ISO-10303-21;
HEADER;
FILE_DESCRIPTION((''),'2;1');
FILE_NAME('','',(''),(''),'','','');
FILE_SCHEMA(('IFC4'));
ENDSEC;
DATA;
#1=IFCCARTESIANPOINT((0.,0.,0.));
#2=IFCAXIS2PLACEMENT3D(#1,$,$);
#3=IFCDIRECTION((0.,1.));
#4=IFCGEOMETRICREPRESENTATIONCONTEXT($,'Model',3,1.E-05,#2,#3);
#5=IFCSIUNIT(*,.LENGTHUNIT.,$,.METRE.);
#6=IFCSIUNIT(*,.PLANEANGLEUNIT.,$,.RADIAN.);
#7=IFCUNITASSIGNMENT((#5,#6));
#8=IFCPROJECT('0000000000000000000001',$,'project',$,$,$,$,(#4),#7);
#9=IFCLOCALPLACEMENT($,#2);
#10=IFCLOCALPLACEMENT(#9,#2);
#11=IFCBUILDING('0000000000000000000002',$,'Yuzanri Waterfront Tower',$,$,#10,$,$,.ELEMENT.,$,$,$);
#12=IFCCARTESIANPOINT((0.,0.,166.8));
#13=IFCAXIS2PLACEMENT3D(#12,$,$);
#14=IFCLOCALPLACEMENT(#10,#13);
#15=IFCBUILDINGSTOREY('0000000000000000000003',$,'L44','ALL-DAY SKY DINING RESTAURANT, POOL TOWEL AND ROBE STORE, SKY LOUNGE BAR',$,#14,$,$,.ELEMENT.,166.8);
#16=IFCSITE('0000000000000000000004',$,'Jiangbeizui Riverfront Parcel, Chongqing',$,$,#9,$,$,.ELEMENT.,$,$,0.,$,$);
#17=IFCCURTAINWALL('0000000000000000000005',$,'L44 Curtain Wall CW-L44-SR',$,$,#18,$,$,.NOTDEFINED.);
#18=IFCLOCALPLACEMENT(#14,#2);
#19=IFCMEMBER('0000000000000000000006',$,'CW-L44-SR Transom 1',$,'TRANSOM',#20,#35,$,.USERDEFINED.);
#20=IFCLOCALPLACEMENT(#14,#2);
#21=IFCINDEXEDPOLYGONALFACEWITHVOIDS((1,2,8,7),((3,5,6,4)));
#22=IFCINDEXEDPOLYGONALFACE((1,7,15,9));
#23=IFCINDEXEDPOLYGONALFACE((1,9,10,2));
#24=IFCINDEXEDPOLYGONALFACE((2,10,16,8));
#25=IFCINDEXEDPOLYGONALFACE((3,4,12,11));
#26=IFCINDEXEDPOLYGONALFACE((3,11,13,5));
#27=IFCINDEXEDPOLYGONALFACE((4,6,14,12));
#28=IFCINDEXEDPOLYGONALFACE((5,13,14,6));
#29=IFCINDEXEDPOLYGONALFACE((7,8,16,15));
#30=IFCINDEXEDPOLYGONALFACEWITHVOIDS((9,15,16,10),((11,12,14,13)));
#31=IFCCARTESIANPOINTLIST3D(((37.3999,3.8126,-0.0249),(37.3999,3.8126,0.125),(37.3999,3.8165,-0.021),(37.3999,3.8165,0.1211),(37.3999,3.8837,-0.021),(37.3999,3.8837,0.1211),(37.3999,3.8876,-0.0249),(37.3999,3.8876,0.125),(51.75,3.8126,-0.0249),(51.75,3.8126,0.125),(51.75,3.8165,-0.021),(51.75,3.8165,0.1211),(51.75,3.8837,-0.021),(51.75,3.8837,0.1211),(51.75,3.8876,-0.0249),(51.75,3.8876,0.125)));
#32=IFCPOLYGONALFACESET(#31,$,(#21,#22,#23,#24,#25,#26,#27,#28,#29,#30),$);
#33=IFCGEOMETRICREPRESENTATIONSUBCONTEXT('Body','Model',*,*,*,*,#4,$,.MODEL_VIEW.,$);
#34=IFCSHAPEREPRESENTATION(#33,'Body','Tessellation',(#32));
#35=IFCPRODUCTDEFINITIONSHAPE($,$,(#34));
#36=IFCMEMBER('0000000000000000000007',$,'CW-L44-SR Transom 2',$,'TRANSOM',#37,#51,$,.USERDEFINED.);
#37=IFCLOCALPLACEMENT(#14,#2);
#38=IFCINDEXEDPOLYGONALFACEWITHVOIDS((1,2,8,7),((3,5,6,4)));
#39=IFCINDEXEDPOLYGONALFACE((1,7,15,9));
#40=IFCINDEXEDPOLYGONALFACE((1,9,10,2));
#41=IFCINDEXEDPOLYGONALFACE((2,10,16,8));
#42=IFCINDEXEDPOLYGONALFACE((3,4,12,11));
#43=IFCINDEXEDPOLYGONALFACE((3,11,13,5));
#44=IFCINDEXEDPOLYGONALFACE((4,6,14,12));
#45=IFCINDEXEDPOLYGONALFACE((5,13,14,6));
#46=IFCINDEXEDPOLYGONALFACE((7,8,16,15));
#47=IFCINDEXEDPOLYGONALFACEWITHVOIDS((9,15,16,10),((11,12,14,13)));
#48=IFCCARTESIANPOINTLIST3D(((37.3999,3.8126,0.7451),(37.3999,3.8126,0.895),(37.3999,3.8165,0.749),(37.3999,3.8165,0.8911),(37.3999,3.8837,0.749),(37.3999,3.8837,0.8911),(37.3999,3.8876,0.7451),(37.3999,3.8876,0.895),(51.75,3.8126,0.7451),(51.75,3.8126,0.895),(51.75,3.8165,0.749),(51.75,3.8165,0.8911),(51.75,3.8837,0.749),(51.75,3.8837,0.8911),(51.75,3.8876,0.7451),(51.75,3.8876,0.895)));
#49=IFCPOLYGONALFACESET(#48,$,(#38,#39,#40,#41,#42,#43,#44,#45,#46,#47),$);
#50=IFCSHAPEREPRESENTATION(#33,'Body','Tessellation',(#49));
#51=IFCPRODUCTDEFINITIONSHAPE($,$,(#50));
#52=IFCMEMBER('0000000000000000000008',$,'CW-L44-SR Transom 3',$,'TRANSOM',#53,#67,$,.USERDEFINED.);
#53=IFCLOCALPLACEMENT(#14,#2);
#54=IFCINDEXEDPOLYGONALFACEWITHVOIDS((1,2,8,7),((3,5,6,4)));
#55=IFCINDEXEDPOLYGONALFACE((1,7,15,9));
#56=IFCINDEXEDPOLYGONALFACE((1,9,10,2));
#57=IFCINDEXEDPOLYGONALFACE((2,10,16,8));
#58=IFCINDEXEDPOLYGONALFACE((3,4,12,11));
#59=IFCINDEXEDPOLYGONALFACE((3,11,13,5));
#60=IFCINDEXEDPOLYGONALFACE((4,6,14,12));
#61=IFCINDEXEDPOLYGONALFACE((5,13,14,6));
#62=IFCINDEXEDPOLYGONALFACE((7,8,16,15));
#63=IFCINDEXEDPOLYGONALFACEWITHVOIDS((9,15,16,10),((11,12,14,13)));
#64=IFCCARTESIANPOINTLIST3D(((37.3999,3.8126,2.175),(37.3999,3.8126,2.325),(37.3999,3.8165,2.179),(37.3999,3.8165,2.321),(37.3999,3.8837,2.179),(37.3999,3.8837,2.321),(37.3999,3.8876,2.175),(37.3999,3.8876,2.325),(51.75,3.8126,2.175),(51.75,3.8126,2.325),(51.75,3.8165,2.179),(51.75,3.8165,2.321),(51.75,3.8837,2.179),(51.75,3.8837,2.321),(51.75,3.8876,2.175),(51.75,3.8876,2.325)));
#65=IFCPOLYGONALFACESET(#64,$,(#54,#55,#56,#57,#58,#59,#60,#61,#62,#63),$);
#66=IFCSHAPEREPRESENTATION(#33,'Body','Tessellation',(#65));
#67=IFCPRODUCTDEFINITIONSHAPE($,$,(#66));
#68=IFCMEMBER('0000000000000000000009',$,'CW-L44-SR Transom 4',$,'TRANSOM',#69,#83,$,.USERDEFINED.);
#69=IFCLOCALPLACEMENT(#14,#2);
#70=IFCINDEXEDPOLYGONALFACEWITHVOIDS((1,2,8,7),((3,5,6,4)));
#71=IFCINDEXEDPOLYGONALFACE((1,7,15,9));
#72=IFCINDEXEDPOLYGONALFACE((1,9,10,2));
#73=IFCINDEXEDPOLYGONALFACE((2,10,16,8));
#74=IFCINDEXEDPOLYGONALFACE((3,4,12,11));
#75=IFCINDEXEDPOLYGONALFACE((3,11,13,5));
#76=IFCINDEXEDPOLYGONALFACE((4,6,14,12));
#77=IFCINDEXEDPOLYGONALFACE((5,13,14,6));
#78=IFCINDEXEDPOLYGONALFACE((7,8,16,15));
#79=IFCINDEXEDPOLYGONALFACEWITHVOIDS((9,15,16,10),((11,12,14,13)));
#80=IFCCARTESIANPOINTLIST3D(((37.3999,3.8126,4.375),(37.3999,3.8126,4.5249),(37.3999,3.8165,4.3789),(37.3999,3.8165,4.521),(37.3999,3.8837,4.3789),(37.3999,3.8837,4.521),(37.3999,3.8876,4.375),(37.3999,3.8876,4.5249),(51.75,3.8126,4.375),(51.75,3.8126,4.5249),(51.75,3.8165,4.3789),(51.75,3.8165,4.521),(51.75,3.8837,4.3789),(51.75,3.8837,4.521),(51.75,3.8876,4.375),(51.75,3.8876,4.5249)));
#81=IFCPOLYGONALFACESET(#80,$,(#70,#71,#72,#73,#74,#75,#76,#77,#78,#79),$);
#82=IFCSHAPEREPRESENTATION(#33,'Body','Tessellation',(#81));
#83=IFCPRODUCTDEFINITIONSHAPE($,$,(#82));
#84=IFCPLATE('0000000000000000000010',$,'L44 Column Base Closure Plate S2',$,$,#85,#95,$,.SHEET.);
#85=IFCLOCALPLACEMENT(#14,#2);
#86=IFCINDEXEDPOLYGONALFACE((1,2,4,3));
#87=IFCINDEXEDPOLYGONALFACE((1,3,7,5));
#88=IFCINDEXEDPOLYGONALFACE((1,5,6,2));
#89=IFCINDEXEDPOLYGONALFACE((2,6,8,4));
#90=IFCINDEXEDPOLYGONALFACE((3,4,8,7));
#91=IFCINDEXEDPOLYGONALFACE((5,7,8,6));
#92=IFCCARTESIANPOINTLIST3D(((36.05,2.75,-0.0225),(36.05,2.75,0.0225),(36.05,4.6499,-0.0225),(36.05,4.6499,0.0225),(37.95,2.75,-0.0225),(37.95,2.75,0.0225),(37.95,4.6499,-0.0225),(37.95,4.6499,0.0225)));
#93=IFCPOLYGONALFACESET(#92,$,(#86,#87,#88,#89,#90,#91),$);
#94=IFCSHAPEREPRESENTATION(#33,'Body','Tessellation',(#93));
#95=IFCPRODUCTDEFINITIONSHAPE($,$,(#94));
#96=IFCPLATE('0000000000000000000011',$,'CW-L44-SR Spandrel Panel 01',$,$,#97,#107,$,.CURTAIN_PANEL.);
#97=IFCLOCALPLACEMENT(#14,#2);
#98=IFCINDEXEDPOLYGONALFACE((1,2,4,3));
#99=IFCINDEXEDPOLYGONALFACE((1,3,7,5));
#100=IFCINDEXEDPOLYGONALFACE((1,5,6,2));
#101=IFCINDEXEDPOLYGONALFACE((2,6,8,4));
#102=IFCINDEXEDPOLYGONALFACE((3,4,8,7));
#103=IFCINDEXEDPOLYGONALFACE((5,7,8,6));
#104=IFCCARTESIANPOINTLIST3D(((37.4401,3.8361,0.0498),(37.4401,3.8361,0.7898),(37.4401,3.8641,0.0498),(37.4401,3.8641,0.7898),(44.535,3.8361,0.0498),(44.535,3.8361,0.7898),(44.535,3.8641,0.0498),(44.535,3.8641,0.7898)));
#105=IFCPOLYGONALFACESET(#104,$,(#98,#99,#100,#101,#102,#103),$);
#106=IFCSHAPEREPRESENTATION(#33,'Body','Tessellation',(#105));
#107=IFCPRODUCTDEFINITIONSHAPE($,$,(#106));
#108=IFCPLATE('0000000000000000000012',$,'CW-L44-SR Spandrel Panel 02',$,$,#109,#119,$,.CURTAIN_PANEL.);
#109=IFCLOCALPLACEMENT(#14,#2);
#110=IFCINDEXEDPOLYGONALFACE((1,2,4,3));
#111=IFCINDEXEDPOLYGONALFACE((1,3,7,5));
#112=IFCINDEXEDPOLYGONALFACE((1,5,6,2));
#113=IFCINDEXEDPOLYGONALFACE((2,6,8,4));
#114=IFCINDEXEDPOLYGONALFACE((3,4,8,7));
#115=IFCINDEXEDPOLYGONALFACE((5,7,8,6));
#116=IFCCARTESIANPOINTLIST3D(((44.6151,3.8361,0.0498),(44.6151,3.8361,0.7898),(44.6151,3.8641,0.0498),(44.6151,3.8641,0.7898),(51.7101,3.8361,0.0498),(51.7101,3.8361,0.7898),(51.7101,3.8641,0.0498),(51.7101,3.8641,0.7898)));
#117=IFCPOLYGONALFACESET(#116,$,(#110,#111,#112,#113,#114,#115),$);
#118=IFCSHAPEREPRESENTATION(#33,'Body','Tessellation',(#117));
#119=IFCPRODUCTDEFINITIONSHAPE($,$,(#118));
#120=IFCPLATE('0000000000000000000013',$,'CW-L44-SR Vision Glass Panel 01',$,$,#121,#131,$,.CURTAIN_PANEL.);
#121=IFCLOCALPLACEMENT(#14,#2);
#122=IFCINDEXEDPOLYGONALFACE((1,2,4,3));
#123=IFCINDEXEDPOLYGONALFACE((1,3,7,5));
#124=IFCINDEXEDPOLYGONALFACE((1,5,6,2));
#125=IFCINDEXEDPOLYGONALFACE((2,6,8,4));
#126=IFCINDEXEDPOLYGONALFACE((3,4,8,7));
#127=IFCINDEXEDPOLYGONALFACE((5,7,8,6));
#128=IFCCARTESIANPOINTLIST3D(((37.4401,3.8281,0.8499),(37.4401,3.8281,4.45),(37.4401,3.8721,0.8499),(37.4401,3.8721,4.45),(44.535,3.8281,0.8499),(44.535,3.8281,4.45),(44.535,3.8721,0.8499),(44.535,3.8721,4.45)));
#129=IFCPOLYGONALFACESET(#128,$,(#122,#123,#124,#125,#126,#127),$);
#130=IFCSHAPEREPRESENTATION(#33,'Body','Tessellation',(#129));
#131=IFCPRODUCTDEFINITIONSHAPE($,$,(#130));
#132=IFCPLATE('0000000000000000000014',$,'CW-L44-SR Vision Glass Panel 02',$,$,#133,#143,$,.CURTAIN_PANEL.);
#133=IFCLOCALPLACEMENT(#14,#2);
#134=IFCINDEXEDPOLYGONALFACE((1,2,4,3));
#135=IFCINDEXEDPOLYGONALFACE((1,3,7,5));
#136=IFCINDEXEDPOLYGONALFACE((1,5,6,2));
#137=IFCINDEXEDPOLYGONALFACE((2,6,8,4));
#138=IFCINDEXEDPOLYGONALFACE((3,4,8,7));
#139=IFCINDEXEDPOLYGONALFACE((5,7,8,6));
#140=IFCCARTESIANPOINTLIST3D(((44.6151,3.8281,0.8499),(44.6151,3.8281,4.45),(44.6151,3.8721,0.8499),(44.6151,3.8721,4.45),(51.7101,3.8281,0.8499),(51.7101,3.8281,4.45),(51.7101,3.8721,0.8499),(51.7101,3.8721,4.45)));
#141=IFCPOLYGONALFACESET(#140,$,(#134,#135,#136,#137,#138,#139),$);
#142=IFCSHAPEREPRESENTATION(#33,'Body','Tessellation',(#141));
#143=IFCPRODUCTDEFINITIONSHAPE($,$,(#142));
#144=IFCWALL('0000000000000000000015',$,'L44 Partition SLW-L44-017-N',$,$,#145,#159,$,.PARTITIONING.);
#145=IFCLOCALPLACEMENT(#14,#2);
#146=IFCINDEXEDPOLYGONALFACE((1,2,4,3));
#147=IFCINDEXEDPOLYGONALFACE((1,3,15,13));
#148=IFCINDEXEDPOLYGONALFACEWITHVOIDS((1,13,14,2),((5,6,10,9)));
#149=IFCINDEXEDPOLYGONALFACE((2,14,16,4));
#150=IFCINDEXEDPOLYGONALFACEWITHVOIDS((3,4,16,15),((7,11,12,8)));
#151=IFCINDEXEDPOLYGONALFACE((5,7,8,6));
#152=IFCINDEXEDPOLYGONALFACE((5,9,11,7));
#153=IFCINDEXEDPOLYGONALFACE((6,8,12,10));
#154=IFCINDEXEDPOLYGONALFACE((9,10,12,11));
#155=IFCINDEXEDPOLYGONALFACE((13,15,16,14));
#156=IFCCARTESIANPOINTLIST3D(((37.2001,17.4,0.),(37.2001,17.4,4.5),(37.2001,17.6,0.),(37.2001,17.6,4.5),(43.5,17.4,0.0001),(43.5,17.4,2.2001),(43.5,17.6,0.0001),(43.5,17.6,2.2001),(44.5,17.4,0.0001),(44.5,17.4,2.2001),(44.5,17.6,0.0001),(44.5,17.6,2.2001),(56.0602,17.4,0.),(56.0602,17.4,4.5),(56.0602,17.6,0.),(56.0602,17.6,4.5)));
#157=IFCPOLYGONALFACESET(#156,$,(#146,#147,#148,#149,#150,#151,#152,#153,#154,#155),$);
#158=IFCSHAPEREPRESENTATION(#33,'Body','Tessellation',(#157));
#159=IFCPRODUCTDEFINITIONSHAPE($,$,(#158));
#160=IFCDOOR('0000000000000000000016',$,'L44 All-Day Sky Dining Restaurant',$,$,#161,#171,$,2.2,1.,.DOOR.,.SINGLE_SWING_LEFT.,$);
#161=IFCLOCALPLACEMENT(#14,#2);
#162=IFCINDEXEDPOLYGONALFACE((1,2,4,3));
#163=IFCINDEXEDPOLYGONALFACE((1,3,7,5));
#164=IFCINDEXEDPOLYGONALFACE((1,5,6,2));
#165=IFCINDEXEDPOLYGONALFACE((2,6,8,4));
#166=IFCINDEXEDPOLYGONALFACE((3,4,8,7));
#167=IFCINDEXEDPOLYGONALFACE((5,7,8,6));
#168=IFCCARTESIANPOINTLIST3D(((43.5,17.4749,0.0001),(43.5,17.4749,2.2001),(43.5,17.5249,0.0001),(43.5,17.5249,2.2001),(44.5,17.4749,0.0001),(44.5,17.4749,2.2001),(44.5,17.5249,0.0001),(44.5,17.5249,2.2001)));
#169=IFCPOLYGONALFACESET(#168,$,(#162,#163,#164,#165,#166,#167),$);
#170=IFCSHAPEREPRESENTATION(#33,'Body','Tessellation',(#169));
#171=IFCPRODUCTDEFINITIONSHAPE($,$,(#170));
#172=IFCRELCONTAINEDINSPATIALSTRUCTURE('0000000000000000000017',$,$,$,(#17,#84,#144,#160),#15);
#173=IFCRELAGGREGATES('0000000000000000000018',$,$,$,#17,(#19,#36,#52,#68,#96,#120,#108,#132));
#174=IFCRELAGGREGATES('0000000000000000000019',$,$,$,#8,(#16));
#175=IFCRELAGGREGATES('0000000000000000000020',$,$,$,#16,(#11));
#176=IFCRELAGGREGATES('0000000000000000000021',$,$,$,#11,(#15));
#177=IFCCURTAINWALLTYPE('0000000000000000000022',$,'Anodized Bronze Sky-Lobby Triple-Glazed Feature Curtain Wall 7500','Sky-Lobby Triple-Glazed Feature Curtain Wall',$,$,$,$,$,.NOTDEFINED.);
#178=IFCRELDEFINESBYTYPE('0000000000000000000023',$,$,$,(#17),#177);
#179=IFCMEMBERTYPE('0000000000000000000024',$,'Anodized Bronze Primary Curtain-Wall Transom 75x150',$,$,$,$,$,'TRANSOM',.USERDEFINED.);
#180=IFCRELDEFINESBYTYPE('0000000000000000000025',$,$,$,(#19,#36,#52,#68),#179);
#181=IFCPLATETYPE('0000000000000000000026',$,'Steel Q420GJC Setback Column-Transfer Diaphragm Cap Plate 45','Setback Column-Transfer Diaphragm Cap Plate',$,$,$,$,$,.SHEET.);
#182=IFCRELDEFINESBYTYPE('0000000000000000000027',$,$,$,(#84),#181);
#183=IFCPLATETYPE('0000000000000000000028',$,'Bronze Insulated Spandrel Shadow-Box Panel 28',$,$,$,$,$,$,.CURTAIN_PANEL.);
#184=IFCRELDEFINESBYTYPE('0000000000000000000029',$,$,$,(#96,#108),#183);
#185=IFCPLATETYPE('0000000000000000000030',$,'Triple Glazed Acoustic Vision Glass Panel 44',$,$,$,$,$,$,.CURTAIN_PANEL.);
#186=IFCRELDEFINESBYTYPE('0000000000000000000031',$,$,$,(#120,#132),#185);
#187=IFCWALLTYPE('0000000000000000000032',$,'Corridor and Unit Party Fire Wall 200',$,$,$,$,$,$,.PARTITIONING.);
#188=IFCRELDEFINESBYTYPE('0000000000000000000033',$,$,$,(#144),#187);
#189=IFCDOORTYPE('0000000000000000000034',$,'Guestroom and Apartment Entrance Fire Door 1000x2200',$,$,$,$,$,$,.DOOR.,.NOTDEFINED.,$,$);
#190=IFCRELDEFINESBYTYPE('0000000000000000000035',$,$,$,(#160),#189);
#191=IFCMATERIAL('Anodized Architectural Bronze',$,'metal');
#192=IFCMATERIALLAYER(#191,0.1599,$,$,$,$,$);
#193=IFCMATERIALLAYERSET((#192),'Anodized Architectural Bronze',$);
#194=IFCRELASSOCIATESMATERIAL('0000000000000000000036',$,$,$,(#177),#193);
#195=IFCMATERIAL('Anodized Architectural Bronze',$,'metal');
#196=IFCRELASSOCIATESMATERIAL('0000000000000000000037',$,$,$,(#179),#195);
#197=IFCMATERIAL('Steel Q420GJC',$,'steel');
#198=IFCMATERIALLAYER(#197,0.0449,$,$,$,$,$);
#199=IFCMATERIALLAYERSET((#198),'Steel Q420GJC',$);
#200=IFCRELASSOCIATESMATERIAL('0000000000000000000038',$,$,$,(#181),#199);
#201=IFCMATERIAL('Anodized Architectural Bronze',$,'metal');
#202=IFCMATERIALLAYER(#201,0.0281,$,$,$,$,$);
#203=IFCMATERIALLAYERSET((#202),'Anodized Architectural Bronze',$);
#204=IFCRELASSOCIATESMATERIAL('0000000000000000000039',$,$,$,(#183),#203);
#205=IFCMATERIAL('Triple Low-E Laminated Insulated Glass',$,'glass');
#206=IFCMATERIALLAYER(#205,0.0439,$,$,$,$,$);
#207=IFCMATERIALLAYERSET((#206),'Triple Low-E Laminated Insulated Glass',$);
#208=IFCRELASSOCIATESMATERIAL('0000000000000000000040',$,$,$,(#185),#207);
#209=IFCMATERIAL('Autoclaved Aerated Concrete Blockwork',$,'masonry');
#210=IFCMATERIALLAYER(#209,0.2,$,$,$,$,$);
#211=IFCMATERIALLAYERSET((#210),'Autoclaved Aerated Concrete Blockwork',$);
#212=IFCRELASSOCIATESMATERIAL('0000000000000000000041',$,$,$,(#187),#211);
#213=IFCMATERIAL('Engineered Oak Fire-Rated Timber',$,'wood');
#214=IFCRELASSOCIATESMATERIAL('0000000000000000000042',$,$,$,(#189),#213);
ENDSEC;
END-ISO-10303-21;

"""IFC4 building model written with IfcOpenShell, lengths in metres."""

from ifc_helpers import new_model, si_unit, direction, frame, frame_2d, origin, origin_2d, place, context, subcontext, project, spatial, rectangle, hollow_rectangle, extrude, source, transform, mapped, material, layer, layer_set, material_profile, profile_set, type_object, element, fill, aggregate, save


model = new_model("IFC4")

# Units and contexts
model_context = context("Model", 3, precision=1e-05, world=origin(), true_north=direction((0.0, 1.0)))
body_context = subcontext(model_context, "Body", "Model", "MODEL_VIEW")
ifc_project = project(units=[si_unit("LENGTHUNIT", "METRE"), si_unit("PLANEANGLEUNIT", "RADIAN")], contexts=[model_context])

# Site, building, storey
site_placement = place(None, origin())
site = spatial("IfcSite", under=ifc_project, at=site_placement, Name="Jiangbeizui Riverfront Parcel, Chongqing", CompositionType="ELEMENT", RefElevation=0.0)
building_placement = place(site_placement, origin())
building = spatial("IfcBuilding", under=site, at=building_placement, Name="Yuzanri Waterfront Tower", CompositionType="ELEMENT")
storey_placement = place(building_placement, frame((0.0, 0.0, 166.8)))
storey = spatial("IfcBuildingStorey", under=building, at=storey_placement, Name="L44", Description="ALL-DAY SKY DINING RESTAURANT, POOL TOWEL AND ROBE STORE, SKY LOUNGE BAR", CompositionType="ELEMENT", Elevation=166.8)

# Curtain wall, members
ifc_material_1 = material(Name="Anodized Architectural Bronze", Category="metal")
ifc_layer_1 = layer(ifc_material_1, 0.1599)
ifc_layer_set_1 = layer_set([ifc_layer_1], Name="Anodized Architectural Bronze")
curtain_wall_type = type_object("IfcCurtainWallType", Name="Anodized Bronze Sky-Lobby Triple-Glazed Feature Curtain Wall 7500", Description="Sky-Lobby Triple-Glazed Feature Curtain Wall", PredefinedType="NOTDEFINED", material=ifc_layer_set_1)
curtain_wall_placement = place(storey_placement, origin())
curtain_wall = element("IfcCurtainWall", 1, at=curtain_wall_placement, inside=storey, type_object=curtain_wall_type, Name="L44 Curtain Wall CW-L44-SR", PredefinedType="NOTDEFINED")
ifc_material_2 = material(Name="Anodized Architectural Bronze", Category="metal")
ifc_material_profile_1 = material_profile(ifc_material_2, hollow_rectangle(XDim=0.075, YDim=0.1499, WallThickness=0.0039, at=origin_2d()), Name="CWT 75x150")
ifc_profile_set_1 = profile_set([ifc_material_profile_1], Name="Anodized Architectural Bronze")
member_type_1 = type_object("IfcMemberType", Name="Anodized Bronze Primary Curtain-Wall Transom 75x150", ElementType="TRANSOM", PredefinedType="USERDEFINED", material=ifc_profile_set_1)
shared_shape_1 = source(origin(), body_context, "Body", "SweptSolid", [
    extrude(hollow_rectangle(XDim=0.075, YDim=0.1499, WallThickness=0.0039, at=origin_2d()), origin(), (0.0, 0.0, 1.0), 14.3501),
])
member_1_placement = place(storey_placement, frame((37.3999, 3.8501, 0.05), z_axis=(1.0, 0.0, 0.0), x_axis=(0.0, 1.0, 0.0)))
member_1 = element("IfcMember", 2, at=member_1_placement, type_object=member_type_1, Name="CW-L44-SR Transom 1", ObjectType="TRANSOM", PredefinedType="USERDEFINED", context=body_context, shape_type="MappedRepresentation", body=[
    mapped(shared_shape_1, transform((0.0, 0.0, 0.0), scale=1.0)),
])
member_2_placement = place(storey_placement, frame((37.3999, 3.8501, 0.8201), z_axis=(1.0, 0.0, 0.0), x_axis=(0.0, 1.0, 0.0)))
member_2 = element("IfcMember", 3, at=member_2_placement, type_object=member_type_1, Name="CW-L44-SR Transom 2", ObjectType="TRANSOM", PredefinedType="USERDEFINED", context=body_context, shape_type="MappedRepresentation", body=[
    mapped(shared_shape_1, transform((0.0, 0.0, 0.0), scale=1.0)),
])
member_3_placement = place(storey_placement, frame((37.3999, 3.8501, 2.25), z_axis=(1.0, 0.0, 0.0), x_axis=(0.0, 1.0, 0.0)))
member_3 = element("IfcMember", 4, at=member_3_placement, type_object=member_type_1, Name="CW-L44-SR Transom 3", ObjectType="TRANSOM", PredefinedType="USERDEFINED", context=body_context, shape_type="MappedRepresentation", body=[
    mapped(shared_shape_1, transform((0.0, 0.0, 0.0), scale=1.0)),
])
member_4_placement = place(storey_placement, frame((37.3999, 3.8501, 4.45), z_axis=(1.0, 0.0, 0.0), x_axis=(0.0, 1.0, 0.0)))
member_4 = element("IfcMember", 5, at=member_4_placement, type_object=member_type_1, Name="CW-L44-SR Transom 4", ObjectType="TRANSOM", PredefinedType="USERDEFINED", context=body_context, shape_type="MappedRepresentation", body=[
    mapped(shared_shape_1, transform((0.0, 0.0, 0.0), scale=1.0)),
])

# Plates
ifc_material_3 = material(Name="Steel Q420GJC", Category="steel")
ifc_layer_2 = layer(ifc_material_3, 0.0449)
ifc_layer_set_2 = layer_set([ifc_layer_2], Name="Steel Q420GJC")
plate_type_1 = type_object("IfcPlateType", Name="Steel Q420GJC Setback Column-Transfer Diaphragm Cap Plate 45", Description="Setback Column-Transfer Diaphragm Cap Plate", PredefinedType="SHEET", material=ifc_layer_set_2)
shared_shape_2 = source(origin(), body_context, "Body", "SweptSolid", [
    extrude(rectangle(XDim=1.8999, YDim=1.8999, at=origin_2d()), origin(), (0.0, 0.0, 1.0), 0.0449),
])
plate_1_placement = place(storey_placement, frame((37.0, 3.7, -0.0225), z_axis=(0.0, 0.0, 1.0), x_axis=(1.0, 0.0, 0.0)))
element("IfcPlate", 6, at=plate_1_placement, inside=storey, type_object=plate_type_1, Name="L44 Column Base Closure Plate S2", PredefinedType="SHEET", context=body_context, shape_type="MappedRepresentation", body=[
    mapped(shared_shape_2, transform((0.0, 0.0, 0.0), scale=1.0)),
])
ifc_material_4 = material(Name="Anodized Architectural Bronze", Category="metal")
ifc_layer_3 = layer(ifc_material_4, 0.0281)
ifc_layer_set_3 = layer_set([ifc_layer_3], Name="Anodized Architectural Bronze")
plate_type_2 = type_object("IfcPlateType", Name="Bronze Insulated Spandrel Shadow-Box Panel 28", PredefinedType="CURTAIN_PANEL", material=ifc_layer_set_3)
shared_shape_3 = source(origin(), body_context, "Body", "SweptSolid", [
    extrude(rectangle(XDim=7.095, YDim=0.0281, at=origin_2d()), origin(), (0.0, 0.0, 1.0), 0.74),
])
plate_2_placement = place(storey_placement, frame((40.9875, 3.8501, 0.0498), z_axis=(0.0, 0.0, 1.0), x_axis=(1.0, 0.0, 0.0)))
plate_2 = element("IfcPlate", 7, at=plate_2_placement, type_object=plate_type_2, Name="CW-L44-SR Spandrel Panel 01", PredefinedType="CURTAIN_PANEL", context=body_context, shape_type="MappedRepresentation", body=[
    mapped(shared_shape_3, transform((0.0, 0.0, 0.0), scale=1.0)),
])
plate_3_placement = place(storey_placement, frame((48.1626, 3.8501, 0.0498), z_axis=(0.0, 0.0, 1.0), x_axis=(1.0, 0.0, 0.0)))
plate_3 = element("IfcPlate", 8, at=plate_3_placement, type_object=plate_type_2, Name="CW-L44-SR Spandrel Panel 02", PredefinedType="CURTAIN_PANEL", context=body_context, shape_type="MappedRepresentation", body=[
    mapped(shared_shape_3, transform((0.0, 0.0, 0.0), scale=1.0)),
])
ifc_material_5 = material(Name="Triple Low-E Laminated Insulated Glass", Category="glass")
ifc_layer_4 = layer(ifc_material_5, 0.0439)
ifc_layer_set_4 = layer_set([ifc_layer_4], Name="Triple Low-E Laminated Insulated Glass")
plate_type_3 = type_object("IfcPlateType", Name="Triple Glazed Acoustic Vision Glass Panel 44", PredefinedType="CURTAIN_PANEL", material=ifc_layer_set_4)
shared_shape_4 = source(origin(), body_context, "Body", "SweptSolid", [
    extrude(rectangle(XDim=7.095, YDim=0.0439, at=origin_2d()), origin(), (0.0, 0.0, 1.0), 3.6001),
])
plate_4_placement = place(storey_placement, frame((40.9875, 3.8501, 0.8499), z_axis=(0.0, 0.0, 1.0), x_axis=(1.0, 0.0, 0.0)))
plate_4 = element("IfcPlate", 9, at=plate_4_placement, type_object=plate_type_3, Name="CW-L44-SR Vision Glass Panel 01", PredefinedType="CURTAIN_PANEL", context=body_context, shape_type="MappedRepresentation", body=[
    mapped(shared_shape_4, transform((0.0, 0.0, 0.0), scale=1.0)),
])
plate_5_placement = place(storey_placement, frame((48.1626, 3.8501, 0.8499), z_axis=(0.0, 0.0, 1.0), x_axis=(1.0, 0.0, 0.0)))
plate_5 = element("IfcPlate", 10, at=plate_5_placement, type_object=plate_type_3, Name="CW-L44-SR Vision Glass Panel 02", PredefinedType="CURTAIN_PANEL", context=body_context, shape_type="MappedRepresentation", body=[
    mapped(shared_shape_4, transform((0.0, 0.0, 0.0), scale=1.0)),
])
aggregate(curtain_wall, [member_1, member_2, member_3, member_4, plate_2, plate_4, plate_3, plate_5])

# Wall, opening, door
ifc_material_6 = material(Name="Autoclaved Aerated Concrete Blockwork", Category="masonry")
ifc_layer_5 = layer(ifc_material_6, 0.2)
ifc_layer_set_5 = layer_set([ifc_layer_5], Name="Autoclaved Aerated Concrete Blockwork")
wall_type_1 = type_object("IfcWallType", Name="Corridor and Unit Party Fire Wall 200", PredefinedType="PARTITIONING", material=ifc_layer_set_5)
wall_1_placement = place(storey_placement, frame((37.2, 17.5, 0.0), z_axis=(0.0, 0.0, 1.0), x_axis=(1.0, 0.0, 0.0)))
wall_1 = element("IfcWall", 11, at=wall_1_placement, inside=storey, type_object=wall_type_1, Name="L44 Partition SLW-L44-017-N", PredefinedType="PARTITIONING", context=body_context, shape_type="SweptSolid", body=[
    extrude(rectangle(XDim=18.8601, YDim=0.2, at=frame_2d((9.4302, 0.0))), origin(), (0.0, 0.0, 1.0), 4.5),
])
opening_placement = place(wall_1_placement, frame((6.3, 0.0, 0.0)))
opening = element("IfcOpeningElement", 12, at=opening_placement, cuts=wall_1, PredefinedType="OPENING", context=body_context, shape_type="SweptSolid", body=[
    extrude(rectangle(XDim=1.0, YDim=2.2, at=frame_2d((0.5, 1.1001))), frame((0.0, 0.1147, 0.0), z_axis=(0.0, -1.0, 0.0), x_axis=(1.0, 0.0, 0.0)), (0.0, 0.0, 1.0), 0.2297),
])
ifc_material_7 = material(Name="Engineered Oak Fire-Rated Timber", Category="wood")
door_type = type_object("IfcDoorType", Name="Guestroom and Apartment Entrance Fire Door 1000x2200", OperationType="NOTDEFINED", PredefinedType="DOOR", material=ifc_material_7)
shared_shape_5 = source(origin(), body_context, "Body", "SweptSolid", [
    extrude(rectangle(XDim=1.0, YDim=2.2, at=frame_2d((0.5, 1.1001))), frame((0.0, 0.0249, 0.0), z_axis=(0.0, -1.0, 0.0), x_axis=(1.0, 0.0, 0.0)), (0.0, 0.0, 1.0), 0.05),
])
door_placement = place(opening_placement, origin())
door = element("IfcDoor", 13, at=door_placement, inside=storey, type_object=door_type, Name="L44 All-Day Sky Dining Restaurant", OperationType="SINGLE_SWING_LEFT", OverallHeight=2.2, OverallWidth=1.0, PredefinedType="DOOR", context=body_context, shape_type="MappedRepresentation", body=[
    mapped(shared_shape_5, transform((0.0, 0.0, 0.0), scale=1.0)),
])
fill(opening, door)

save(model, "model.ifc")
